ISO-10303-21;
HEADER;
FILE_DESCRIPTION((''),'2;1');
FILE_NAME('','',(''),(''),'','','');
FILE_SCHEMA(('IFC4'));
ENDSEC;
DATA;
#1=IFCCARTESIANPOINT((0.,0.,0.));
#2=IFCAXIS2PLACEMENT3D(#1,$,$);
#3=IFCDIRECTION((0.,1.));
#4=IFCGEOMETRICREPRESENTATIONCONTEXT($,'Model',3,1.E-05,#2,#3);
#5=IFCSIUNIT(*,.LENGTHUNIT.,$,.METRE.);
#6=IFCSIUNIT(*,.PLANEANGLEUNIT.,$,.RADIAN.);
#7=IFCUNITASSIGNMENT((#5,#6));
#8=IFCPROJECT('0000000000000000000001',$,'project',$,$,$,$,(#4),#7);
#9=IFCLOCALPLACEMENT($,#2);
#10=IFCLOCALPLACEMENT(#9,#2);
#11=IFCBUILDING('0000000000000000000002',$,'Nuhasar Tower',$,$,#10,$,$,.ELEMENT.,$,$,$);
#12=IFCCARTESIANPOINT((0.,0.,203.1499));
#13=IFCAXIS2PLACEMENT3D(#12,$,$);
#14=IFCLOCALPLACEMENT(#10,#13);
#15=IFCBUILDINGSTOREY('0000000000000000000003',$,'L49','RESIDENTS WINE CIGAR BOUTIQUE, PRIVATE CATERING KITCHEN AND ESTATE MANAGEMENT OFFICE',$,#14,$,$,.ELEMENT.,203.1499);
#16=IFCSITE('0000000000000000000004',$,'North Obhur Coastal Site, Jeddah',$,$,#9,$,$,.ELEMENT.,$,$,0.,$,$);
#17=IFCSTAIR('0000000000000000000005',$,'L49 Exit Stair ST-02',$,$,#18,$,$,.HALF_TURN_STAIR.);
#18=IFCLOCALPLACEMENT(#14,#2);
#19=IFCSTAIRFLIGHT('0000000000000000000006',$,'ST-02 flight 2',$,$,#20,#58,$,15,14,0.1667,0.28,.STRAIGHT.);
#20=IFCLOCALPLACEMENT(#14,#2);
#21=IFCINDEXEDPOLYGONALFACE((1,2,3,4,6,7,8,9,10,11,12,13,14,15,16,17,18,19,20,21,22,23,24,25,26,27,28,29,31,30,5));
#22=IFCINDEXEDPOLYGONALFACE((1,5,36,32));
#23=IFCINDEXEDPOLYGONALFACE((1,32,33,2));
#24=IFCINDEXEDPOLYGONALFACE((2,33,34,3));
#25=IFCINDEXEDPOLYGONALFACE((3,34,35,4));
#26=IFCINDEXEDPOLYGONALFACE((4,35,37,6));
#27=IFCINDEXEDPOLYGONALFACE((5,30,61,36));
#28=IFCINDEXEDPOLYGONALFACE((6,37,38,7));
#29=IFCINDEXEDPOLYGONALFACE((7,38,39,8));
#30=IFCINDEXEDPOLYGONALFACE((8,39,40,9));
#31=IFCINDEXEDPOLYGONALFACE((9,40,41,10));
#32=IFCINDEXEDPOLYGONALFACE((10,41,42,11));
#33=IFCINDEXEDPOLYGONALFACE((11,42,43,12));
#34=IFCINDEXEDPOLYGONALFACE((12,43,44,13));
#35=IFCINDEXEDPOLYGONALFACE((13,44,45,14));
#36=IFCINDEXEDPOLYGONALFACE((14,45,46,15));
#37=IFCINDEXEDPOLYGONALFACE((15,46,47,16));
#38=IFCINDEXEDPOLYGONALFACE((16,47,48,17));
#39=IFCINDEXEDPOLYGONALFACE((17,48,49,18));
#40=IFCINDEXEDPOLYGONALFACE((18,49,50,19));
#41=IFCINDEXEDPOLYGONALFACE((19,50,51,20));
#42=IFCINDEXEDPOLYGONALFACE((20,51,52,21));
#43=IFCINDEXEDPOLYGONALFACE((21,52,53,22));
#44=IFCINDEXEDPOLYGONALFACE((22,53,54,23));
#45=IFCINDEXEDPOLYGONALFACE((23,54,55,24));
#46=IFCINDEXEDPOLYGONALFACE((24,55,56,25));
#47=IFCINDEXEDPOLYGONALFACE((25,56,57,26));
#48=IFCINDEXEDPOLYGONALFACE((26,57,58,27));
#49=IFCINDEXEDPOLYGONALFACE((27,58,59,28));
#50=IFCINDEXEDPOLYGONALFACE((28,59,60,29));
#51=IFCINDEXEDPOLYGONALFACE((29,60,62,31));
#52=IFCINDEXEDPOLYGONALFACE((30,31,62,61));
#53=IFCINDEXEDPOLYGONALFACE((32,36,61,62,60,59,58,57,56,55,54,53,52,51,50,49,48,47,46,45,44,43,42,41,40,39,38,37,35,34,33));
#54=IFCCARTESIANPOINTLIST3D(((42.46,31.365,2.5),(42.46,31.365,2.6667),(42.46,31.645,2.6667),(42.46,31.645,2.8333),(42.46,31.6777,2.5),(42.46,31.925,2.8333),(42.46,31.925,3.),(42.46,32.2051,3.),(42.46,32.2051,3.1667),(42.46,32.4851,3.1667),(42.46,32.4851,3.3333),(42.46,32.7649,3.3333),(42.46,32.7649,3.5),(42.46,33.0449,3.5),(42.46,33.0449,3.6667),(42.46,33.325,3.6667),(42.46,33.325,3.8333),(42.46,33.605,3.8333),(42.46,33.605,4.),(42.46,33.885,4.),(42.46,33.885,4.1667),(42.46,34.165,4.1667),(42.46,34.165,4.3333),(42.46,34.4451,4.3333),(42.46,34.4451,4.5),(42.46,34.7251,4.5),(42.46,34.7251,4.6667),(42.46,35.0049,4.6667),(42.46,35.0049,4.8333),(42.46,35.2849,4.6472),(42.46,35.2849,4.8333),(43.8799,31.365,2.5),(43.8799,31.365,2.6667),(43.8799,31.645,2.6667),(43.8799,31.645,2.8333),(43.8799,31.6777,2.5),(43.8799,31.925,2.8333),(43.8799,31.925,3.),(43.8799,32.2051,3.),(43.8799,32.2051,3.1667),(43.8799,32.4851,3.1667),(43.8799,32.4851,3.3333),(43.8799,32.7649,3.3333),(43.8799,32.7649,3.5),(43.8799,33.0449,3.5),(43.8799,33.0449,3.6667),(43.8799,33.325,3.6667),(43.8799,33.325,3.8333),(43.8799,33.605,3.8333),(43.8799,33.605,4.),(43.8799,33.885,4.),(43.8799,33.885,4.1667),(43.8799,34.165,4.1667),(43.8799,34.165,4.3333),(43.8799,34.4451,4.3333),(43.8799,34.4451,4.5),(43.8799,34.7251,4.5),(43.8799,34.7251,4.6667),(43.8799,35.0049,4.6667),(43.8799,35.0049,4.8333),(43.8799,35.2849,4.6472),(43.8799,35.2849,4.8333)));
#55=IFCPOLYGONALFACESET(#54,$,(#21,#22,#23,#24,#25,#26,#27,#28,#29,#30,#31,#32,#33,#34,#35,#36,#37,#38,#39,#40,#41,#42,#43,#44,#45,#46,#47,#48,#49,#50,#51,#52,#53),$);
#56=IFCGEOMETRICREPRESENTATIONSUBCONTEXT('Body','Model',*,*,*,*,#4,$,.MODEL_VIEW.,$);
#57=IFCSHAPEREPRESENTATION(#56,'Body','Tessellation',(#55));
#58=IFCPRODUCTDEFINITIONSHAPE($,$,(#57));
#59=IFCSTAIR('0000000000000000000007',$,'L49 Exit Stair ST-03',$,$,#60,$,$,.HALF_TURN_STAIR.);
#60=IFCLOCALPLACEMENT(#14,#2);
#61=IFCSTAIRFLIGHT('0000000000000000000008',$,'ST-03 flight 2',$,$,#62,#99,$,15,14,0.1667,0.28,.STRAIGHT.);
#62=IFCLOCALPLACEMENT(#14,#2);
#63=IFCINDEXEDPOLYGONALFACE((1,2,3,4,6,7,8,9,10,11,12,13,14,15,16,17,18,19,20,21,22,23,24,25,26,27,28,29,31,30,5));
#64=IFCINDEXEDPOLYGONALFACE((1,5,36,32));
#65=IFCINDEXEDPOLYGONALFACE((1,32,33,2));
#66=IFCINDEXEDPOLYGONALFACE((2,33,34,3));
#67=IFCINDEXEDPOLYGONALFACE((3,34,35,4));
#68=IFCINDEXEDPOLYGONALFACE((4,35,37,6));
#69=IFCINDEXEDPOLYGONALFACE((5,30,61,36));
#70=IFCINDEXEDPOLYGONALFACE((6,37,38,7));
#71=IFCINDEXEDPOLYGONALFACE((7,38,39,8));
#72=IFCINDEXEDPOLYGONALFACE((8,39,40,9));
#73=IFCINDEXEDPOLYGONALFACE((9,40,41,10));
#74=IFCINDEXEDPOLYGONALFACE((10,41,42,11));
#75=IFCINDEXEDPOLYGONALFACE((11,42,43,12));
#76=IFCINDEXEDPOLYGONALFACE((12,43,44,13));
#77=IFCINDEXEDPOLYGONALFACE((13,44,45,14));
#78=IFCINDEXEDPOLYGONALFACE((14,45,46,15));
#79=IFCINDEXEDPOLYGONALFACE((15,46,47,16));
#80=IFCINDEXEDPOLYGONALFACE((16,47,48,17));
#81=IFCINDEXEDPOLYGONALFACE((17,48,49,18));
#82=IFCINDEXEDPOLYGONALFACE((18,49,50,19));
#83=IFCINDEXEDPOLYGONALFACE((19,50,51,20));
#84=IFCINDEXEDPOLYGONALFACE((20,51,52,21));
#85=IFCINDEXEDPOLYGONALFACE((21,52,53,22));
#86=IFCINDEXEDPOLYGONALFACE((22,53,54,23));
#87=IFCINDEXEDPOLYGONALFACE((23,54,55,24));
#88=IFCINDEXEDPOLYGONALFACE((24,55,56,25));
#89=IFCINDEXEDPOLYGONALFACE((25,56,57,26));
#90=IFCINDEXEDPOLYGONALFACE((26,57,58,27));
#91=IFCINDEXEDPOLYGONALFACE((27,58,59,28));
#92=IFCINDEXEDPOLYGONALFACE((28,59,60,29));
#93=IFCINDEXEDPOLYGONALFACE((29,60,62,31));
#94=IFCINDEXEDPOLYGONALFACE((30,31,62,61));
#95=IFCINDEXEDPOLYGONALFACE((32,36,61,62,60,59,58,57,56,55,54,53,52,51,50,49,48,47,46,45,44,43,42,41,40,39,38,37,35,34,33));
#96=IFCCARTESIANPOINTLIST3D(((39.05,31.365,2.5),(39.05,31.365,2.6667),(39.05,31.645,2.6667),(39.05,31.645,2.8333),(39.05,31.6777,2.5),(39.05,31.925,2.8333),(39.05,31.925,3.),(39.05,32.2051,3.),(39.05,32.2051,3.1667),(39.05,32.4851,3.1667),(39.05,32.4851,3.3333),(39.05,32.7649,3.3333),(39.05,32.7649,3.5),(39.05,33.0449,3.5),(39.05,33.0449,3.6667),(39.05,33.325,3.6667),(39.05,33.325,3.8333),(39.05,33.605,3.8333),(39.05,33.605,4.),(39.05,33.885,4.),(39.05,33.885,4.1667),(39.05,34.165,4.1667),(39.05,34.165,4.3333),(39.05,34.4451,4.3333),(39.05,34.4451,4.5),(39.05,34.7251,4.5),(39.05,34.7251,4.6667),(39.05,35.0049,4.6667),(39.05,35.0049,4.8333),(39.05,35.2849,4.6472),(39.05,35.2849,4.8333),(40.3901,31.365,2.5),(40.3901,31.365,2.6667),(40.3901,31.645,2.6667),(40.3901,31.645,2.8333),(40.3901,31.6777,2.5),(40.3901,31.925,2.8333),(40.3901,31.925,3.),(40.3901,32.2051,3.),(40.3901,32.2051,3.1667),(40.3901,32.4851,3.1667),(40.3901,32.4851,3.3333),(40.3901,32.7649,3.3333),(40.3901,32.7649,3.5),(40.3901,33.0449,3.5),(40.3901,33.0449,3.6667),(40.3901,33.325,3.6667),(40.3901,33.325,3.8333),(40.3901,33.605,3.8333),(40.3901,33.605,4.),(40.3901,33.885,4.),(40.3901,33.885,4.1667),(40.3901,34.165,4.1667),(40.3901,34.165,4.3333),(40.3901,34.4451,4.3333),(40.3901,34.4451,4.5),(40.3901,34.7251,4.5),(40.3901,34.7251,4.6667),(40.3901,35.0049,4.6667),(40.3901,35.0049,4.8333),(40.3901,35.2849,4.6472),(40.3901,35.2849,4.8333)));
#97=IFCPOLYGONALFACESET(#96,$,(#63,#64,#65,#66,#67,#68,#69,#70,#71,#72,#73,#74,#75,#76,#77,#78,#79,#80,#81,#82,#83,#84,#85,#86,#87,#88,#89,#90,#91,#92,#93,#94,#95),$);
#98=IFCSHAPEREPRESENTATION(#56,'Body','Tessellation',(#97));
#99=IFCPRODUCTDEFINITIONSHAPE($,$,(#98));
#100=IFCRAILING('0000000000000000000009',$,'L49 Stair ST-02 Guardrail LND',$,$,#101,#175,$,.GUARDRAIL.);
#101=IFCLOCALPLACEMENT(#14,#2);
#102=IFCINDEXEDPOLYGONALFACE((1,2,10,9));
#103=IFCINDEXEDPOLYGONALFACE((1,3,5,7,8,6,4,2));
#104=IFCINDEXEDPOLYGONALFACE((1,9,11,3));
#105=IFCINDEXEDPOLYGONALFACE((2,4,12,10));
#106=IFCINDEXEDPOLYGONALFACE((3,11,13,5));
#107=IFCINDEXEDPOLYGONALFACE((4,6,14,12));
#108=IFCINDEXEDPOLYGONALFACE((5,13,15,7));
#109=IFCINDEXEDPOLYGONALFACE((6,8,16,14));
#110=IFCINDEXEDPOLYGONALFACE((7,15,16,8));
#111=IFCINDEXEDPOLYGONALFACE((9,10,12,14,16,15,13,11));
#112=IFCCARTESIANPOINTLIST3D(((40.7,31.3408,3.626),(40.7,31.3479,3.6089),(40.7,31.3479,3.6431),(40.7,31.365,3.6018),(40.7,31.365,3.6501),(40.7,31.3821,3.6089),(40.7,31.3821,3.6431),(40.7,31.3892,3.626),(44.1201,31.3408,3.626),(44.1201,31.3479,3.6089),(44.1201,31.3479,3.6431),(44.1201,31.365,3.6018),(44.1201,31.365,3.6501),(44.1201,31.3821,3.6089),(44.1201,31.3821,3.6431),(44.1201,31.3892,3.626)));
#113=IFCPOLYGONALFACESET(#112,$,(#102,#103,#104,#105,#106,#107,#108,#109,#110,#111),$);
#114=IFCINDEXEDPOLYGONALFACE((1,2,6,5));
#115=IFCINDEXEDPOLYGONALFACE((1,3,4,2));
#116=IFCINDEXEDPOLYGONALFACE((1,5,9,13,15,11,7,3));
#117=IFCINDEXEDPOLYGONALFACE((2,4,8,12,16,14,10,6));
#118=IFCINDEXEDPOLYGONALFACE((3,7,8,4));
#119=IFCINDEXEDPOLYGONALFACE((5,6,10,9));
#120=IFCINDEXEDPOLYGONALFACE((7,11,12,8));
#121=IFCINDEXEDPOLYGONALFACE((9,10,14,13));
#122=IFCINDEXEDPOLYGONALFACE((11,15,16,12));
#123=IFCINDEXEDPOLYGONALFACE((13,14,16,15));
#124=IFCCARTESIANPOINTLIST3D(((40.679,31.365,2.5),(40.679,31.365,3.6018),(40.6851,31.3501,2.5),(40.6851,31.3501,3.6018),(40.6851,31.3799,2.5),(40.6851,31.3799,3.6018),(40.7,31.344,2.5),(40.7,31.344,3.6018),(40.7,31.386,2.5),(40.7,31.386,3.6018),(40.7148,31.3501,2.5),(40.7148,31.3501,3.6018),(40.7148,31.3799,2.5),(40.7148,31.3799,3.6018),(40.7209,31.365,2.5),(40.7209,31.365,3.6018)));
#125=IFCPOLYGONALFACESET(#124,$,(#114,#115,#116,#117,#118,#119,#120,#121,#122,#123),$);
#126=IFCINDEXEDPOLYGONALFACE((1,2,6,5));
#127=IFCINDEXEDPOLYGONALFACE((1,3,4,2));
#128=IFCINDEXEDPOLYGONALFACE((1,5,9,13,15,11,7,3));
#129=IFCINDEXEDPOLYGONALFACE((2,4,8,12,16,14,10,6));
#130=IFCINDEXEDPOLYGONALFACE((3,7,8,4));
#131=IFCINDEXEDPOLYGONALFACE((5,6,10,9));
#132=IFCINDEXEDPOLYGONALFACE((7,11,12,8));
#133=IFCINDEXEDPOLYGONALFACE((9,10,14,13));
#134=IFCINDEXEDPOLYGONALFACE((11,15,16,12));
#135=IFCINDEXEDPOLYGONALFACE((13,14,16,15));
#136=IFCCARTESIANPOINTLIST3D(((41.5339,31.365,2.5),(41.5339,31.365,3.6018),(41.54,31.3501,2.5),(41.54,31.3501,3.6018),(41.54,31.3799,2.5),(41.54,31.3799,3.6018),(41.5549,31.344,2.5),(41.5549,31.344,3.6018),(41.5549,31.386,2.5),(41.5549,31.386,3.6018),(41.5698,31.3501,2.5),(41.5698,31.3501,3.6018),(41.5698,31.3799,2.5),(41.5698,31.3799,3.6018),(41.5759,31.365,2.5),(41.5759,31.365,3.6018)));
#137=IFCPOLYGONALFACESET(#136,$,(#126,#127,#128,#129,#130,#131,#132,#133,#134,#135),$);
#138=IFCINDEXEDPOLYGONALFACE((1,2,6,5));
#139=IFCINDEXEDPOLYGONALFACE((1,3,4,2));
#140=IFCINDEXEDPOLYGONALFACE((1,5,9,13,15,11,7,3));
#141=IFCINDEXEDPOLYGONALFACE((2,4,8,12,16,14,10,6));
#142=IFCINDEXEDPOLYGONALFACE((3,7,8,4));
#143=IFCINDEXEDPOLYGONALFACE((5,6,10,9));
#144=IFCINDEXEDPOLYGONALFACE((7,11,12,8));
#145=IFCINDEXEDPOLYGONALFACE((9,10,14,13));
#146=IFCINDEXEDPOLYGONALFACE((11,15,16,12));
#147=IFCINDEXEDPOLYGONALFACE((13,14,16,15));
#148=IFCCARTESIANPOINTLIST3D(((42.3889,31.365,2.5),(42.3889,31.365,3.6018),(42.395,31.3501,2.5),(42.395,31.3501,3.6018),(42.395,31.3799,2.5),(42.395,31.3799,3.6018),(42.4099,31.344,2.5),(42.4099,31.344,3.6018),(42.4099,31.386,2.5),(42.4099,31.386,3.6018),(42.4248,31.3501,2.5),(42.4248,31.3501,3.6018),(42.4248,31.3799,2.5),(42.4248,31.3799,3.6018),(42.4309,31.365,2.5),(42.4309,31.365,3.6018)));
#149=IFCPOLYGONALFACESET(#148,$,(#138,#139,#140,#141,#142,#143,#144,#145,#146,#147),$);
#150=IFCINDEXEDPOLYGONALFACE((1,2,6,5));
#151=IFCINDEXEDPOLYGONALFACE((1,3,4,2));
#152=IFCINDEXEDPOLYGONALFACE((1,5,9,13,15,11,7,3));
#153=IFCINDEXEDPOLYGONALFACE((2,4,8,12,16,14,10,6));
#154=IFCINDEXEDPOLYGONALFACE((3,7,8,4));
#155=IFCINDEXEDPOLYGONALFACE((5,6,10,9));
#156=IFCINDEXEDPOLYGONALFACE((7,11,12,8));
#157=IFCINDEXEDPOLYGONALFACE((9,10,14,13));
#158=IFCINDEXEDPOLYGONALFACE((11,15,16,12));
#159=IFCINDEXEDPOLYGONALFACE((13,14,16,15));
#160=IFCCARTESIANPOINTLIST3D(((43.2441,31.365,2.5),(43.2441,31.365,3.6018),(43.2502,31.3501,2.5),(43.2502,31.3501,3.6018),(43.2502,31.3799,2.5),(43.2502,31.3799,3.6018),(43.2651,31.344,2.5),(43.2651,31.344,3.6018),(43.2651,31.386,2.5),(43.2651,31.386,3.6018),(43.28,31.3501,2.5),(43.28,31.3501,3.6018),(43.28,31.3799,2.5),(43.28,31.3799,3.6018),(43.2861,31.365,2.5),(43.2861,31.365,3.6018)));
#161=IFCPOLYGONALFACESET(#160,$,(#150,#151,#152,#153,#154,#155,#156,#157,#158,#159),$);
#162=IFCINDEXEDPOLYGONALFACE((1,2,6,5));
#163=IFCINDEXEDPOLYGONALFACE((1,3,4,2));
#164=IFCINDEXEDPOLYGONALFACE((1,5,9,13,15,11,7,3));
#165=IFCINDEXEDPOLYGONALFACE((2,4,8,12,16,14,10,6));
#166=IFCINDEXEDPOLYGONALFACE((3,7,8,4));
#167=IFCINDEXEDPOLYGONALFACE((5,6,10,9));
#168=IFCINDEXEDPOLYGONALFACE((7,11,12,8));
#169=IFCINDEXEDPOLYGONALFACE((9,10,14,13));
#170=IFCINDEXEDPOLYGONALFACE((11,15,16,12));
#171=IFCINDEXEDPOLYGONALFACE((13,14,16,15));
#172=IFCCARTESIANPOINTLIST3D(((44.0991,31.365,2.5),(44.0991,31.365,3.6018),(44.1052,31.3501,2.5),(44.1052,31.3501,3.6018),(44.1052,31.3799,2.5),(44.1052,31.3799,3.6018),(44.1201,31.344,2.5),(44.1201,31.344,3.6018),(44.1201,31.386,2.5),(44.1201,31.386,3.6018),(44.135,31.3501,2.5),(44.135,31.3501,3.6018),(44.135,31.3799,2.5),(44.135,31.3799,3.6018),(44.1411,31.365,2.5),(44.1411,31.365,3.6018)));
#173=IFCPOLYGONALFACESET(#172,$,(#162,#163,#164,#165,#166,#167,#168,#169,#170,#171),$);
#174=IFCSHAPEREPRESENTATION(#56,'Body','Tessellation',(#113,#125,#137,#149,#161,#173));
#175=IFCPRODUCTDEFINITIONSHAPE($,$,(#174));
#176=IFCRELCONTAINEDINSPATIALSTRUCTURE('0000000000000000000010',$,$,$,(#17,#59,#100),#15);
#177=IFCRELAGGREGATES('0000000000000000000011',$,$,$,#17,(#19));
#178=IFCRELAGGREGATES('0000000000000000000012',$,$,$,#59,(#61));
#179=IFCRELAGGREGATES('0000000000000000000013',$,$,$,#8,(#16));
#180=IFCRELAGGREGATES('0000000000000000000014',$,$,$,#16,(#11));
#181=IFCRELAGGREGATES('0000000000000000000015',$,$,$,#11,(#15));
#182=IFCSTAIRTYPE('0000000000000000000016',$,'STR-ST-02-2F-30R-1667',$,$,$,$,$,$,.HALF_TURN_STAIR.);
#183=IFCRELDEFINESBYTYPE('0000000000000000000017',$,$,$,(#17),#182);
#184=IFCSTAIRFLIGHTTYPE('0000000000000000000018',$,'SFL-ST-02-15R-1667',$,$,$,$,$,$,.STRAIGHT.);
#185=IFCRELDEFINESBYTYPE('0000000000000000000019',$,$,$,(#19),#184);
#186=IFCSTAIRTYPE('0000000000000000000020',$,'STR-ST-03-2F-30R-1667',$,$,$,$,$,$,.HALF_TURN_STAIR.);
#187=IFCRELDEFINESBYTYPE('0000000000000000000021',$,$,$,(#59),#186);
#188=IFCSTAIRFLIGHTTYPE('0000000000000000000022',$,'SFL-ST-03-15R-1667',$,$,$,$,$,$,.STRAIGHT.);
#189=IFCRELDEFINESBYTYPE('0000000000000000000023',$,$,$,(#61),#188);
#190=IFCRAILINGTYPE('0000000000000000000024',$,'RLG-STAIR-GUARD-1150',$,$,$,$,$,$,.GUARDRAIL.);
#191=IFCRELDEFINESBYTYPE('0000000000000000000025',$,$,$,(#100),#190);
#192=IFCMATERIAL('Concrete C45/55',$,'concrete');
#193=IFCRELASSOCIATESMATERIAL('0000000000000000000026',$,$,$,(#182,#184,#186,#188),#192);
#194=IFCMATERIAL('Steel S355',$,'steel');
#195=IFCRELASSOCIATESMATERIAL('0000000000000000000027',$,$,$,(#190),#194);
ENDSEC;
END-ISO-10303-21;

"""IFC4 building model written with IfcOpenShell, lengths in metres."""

from ifc_helpers import new_model, si_unit, direction, frame, origin, place, context, subcontext, project, spatial, polyline, outline, extrude, material, type_object, element, aggregate, save


model = new_model("IFC4")

# Units and contexts
model_context = context("Model", 3, precision=1e-05, world=origin(), true_north=direction((0.0, 1.0)))
body_context = subcontext(model_context, "Body", "Model", "MODEL_VIEW")
ifc_project = project(units=[si_unit("LENGTHUNIT", "METRE"), si_unit("PLANEANGLEUNIT", "RADIAN")], contexts=[model_context])

# Site, building, storey
site_placement = place(None, origin())
site = spatial("IfcSite", under=ifc_project, at=site_placement, Name="North Obhur Coastal Site, Jeddah", CompositionType="ELEMENT", RefElevation=0.0)
building_placement = place(site_placement, origin())
building = spatial("IfcBuilding", under=site, at=building_placement, Name="Nuhasar Tower", CompositionType="ELEMENT")
storey_placement = place(building_placement, frame((0.0, 0.0, 203.1499)))
storey = spatial("IfcBuildingStorey", under=building, at=storey_placement, Name="L49", Description="RESIDENTS WINE CIGAR BOUTIQUE, PRIVATE CATERING KITCHEN AND ESTATE MANAGEMENT OFFICE", CompositionType="ELEMENT", Elevation=203.1499)

# Shared definitions
ifc_material_1 = material(Name="Steel S355", Category="steel")

# Shared definitions
ifc_material_2 = material(Name="Concrete C45/55", Category="concrete")

# Stair, stair flight
stair_type_1 = type_object("IfcStairType", Name="STR-ST-02-2F-30R-1667", PredefinedType="HALF_TURN_STAIR", material=ifc_material_2)
stair_1_placement = place(storey_placement, origin())
stair_1 = element("IfcStair", 1, at=stair_1_placement, inside=storey, type_object=stair_type_1, Name="L49 Exit Stair ST-02", PredefinedType="HALF_TURN_STAIR")
stair_flight_type_1 = type_object("IfcStairFlightType", Name="SFL-ST-02-15R-1667", PredefinedType="STRAIGHT", material=ifc_material_2)
stair_flight_1_placement = place(storey_placement, frame((43.1699, 31.365, 2.5), z_axis=(0.0, 0.0, 1.0), x_axis=(0.0, 1.0, 0.0)))
stair_flight_1 = element("IfcStairFlight", 2, at=stair_flight_1_placement, type_object=stair_flight_type_1, Name="ST-02 flight 2", NumberOfRisers=15, NumberOfTreads=14, PredefinedType="STRAIGHT", RiserHeight=0.1667, TreadLength=0.28, context=body_context, shape_type="SweptSolid", body=[
    extrude(outline(polyline([(0.0, 0.0), (0.0, 0.1667), (0.28, 0.1667), (0.28, 0.3333), (0.5601, 0.3333), (0.5601, 0.5), (0.8401, 0.5), (0.8401, 0.6667), (1.1201, 0.6667), (1.1201, 0.8333), (1.3999, 0.8333), (1.3999, 1.0), (1.6799, 1.0), (1.6799, 1.1667), (1.96, 1.1667), (1.96, 1.3333), (2.24, 1.3333), (2.24, 1.5), (2.52, 1.5), (2.52, 1.6667), (2.8, 1.6667), (2.8, 1.8333), (3.0801, 1.8333), (3.0801, 2.0), (3.3601, 2.0), (3.3601, 2.1667), (3.6399, 2.1667), (3.6399, 2.3333), (3.9199, 2.3333), (3.9199, 2.5), (3.9199, 2.1472), (0.3127, 0.0), (0.0, 0.0)])), frame((0.0, 0.71, 0.0), z_axis=(0.0, -1.0, 0.0), x_axis=(1.0, 0.0, 0.0)), (0.0, 0.0, 1.0), 1.4199),
])
aggregate(stair_1, [stair_flight_1])

# Stair, stair flight
stair_type_2 = type_object("IfcStairType", Name="STR-ST-03-2F-30R-1667", PredefinedType="HALF_TURN_STAIR", material=ifc_material_2)
stair_2_placement = place(storey_placement, origin())
stair_2 = element("IfcStair", 3, at=stair_2_placement, inside=storey, type_object=stair_type_2, Name="L49 Exit Stair ST-03", PredefinedType="HALF_TURN_STAIR")
stair_flight_type_2 = type_object("IfcStairFlightType", Name="SFL-ST-03-15R-1667", PredefinedType="STRAIGHT", material=ifc_material_2)
stair_flight_2_placement = place(storey_placement, frame((39.72, 31.365, 2.5), z_axis=(0.0, 0.0, 1.0), x_axis=(0.0, 1.0, 0.0)))
stair_flight_2 = element("IfcStairFlight", 4, at=stair_flight_2_placement, type_object=stair_flight_type_2, Name="ST-03 flight 2", NumberOfRisers=15, NumberOfTreads=14, PredefinedType="STRAIGHT", RiserHeight=0.1667, TreadLength=0.28, context=body_context, shape_type="SweptSolid", body=[
    extrude(outline(polyline([(0.0, 0.0), (0.0, 0.1667), (0.28, 0.1667), (0.28, 0.3333), (0.5601, 0.3333), (0.5601, 0.5), (0.8401, 0.5), (0.8401, 0.6667), (1.1201, 0.6667), (1.1201, 0.8333), (1.3999, 0.8333), (1.3999, 1.0), (1.6799, 1.0), (1.6799, 1.1667), (1.96, 1.1667), (1.96, 1.3333), (2.24, 1.3333), (2.24, 1.5), (2.52, 1.5), (2.52, 1.6667), (2.8, 1.6667), (2.8, 1.8333), (3.0801, 1.8333), (3.0801, 2.0), (3.3601, 2.0), (3.3601, 2.1667), (3.6399, 2.1667), (3.6399, 2.3333), (3.9199, 2.3333), (3.9199, 2.5), (3.9199, 2.1472), (0.3127, 0.0), (0.0, 0.0)])), frame((0.0, 0.6699, 0.0), z_axis=(0.0, -1.0, 0.0), x_axis=(1.0, 0.0, 0.0)), (0.0, 0.0, 1.0), 1.3401),
])
aggregate(stair_2, [stair_flight_2])

# Railing
railing_type_1 = type_object("IfcRailingType", Name="RLG-STAIR-GUARD-1150", PredefinedType="GUARDRAIL", material=ifc_material_1)
railing_1_placement = place(storey_placement, frame((40.7, 31.365, 2.5)))
element("IfcRailing", 5, at=railing_1_placement, inside=storey, type_object=railing_type_1, Name="L49 Stair ST-02 Guardrail LND", PredefinedType="GUARDRAIL", context=body_context, shape_type="SweptSolid", body=[
    extrude(outline(polyline([(0.0242, 0.0), (0.0171, 0.0171), (0.0, 0.0242), (-0.0171, 0.0171), (-0.0242, 0.0), (-0.0171, -0.0171), (0.0, -0.0242), (0.0171, -0.0171), (0.0242, 0.0)])), frame((0.0, 0.0, 1.126), z_axis=(1.0, 0.0, 0.0), x_axis=(0.0, 1.0, 0.0)), (0.0, 0.0, 1.0), 3.4202),
    extrude(outline(polyline([(0.021, 0.0), (0.0149, 0.0149), (0.0, 0.021), (-0.0149, 0.0149), (-0.021, 0.0), (-0.0149, -0.0149), (0.0, -0.021), (0.0149, -0.0149), (0.021, 0.0)])), origin(), (0.0, 0.0, 1.0), 1.1018),
    extrude(outline(polyline([(0.021, 0.0), (0.0149, 0.0149), (0.0, 0.021), (-0.0149, 0.0149), (-0.021, 0.0), (-0.0149, -0.0149), (0.0, -0.021), (0.0149, -0.0149), (0.021, 0.0)])), frame((0.855, 0.0, 0.0)), (0.0, 0.0, 1.0), 1.1018),
    extrude(outline(polyline([(0.021, 0.0), (0.0149, 0.0149), (0.0, 0.021), (-0.0149, 0.0149), (-0.021, 0.0), (-0.0149, -0.0149), (0.0, -0.021), (0.0149, -0.0149), (0.021, 0.0)])), frame((1.71, 0.0, 0.0)), (0.0, 0.0, 1.0), 1.1018),
    extrude(outline(polyline([(0.021, 0.0), (0.0149, 0.0149), (0.0, 0.021), (-0.0149, 0.0149), (-0.021, 0.0), (-0.0149, -0.0149), (0.0, -0.021), (0.0149, -0.0149), (0.021, 0.0)])), frame((2.5652, 0.0, 0.0)), (0.0, 0.0, 1.0), 1.1018),
    extrude(outline(polyline([(0.021, 0.0), (0.0149, 0.0149), (0.0, 0.021), (-0.0149, 0.0149), (-0.021, 0.0), (-0.0149, -0.0149), (0.0, -0.021), (0.0149, -0.0149), (0.021, 0.0)])), frame((3.4202, 0.0, 0.0)), (0.0, 0.0, 1.0), 1.1018),
])

save(model, "model.ifc")
